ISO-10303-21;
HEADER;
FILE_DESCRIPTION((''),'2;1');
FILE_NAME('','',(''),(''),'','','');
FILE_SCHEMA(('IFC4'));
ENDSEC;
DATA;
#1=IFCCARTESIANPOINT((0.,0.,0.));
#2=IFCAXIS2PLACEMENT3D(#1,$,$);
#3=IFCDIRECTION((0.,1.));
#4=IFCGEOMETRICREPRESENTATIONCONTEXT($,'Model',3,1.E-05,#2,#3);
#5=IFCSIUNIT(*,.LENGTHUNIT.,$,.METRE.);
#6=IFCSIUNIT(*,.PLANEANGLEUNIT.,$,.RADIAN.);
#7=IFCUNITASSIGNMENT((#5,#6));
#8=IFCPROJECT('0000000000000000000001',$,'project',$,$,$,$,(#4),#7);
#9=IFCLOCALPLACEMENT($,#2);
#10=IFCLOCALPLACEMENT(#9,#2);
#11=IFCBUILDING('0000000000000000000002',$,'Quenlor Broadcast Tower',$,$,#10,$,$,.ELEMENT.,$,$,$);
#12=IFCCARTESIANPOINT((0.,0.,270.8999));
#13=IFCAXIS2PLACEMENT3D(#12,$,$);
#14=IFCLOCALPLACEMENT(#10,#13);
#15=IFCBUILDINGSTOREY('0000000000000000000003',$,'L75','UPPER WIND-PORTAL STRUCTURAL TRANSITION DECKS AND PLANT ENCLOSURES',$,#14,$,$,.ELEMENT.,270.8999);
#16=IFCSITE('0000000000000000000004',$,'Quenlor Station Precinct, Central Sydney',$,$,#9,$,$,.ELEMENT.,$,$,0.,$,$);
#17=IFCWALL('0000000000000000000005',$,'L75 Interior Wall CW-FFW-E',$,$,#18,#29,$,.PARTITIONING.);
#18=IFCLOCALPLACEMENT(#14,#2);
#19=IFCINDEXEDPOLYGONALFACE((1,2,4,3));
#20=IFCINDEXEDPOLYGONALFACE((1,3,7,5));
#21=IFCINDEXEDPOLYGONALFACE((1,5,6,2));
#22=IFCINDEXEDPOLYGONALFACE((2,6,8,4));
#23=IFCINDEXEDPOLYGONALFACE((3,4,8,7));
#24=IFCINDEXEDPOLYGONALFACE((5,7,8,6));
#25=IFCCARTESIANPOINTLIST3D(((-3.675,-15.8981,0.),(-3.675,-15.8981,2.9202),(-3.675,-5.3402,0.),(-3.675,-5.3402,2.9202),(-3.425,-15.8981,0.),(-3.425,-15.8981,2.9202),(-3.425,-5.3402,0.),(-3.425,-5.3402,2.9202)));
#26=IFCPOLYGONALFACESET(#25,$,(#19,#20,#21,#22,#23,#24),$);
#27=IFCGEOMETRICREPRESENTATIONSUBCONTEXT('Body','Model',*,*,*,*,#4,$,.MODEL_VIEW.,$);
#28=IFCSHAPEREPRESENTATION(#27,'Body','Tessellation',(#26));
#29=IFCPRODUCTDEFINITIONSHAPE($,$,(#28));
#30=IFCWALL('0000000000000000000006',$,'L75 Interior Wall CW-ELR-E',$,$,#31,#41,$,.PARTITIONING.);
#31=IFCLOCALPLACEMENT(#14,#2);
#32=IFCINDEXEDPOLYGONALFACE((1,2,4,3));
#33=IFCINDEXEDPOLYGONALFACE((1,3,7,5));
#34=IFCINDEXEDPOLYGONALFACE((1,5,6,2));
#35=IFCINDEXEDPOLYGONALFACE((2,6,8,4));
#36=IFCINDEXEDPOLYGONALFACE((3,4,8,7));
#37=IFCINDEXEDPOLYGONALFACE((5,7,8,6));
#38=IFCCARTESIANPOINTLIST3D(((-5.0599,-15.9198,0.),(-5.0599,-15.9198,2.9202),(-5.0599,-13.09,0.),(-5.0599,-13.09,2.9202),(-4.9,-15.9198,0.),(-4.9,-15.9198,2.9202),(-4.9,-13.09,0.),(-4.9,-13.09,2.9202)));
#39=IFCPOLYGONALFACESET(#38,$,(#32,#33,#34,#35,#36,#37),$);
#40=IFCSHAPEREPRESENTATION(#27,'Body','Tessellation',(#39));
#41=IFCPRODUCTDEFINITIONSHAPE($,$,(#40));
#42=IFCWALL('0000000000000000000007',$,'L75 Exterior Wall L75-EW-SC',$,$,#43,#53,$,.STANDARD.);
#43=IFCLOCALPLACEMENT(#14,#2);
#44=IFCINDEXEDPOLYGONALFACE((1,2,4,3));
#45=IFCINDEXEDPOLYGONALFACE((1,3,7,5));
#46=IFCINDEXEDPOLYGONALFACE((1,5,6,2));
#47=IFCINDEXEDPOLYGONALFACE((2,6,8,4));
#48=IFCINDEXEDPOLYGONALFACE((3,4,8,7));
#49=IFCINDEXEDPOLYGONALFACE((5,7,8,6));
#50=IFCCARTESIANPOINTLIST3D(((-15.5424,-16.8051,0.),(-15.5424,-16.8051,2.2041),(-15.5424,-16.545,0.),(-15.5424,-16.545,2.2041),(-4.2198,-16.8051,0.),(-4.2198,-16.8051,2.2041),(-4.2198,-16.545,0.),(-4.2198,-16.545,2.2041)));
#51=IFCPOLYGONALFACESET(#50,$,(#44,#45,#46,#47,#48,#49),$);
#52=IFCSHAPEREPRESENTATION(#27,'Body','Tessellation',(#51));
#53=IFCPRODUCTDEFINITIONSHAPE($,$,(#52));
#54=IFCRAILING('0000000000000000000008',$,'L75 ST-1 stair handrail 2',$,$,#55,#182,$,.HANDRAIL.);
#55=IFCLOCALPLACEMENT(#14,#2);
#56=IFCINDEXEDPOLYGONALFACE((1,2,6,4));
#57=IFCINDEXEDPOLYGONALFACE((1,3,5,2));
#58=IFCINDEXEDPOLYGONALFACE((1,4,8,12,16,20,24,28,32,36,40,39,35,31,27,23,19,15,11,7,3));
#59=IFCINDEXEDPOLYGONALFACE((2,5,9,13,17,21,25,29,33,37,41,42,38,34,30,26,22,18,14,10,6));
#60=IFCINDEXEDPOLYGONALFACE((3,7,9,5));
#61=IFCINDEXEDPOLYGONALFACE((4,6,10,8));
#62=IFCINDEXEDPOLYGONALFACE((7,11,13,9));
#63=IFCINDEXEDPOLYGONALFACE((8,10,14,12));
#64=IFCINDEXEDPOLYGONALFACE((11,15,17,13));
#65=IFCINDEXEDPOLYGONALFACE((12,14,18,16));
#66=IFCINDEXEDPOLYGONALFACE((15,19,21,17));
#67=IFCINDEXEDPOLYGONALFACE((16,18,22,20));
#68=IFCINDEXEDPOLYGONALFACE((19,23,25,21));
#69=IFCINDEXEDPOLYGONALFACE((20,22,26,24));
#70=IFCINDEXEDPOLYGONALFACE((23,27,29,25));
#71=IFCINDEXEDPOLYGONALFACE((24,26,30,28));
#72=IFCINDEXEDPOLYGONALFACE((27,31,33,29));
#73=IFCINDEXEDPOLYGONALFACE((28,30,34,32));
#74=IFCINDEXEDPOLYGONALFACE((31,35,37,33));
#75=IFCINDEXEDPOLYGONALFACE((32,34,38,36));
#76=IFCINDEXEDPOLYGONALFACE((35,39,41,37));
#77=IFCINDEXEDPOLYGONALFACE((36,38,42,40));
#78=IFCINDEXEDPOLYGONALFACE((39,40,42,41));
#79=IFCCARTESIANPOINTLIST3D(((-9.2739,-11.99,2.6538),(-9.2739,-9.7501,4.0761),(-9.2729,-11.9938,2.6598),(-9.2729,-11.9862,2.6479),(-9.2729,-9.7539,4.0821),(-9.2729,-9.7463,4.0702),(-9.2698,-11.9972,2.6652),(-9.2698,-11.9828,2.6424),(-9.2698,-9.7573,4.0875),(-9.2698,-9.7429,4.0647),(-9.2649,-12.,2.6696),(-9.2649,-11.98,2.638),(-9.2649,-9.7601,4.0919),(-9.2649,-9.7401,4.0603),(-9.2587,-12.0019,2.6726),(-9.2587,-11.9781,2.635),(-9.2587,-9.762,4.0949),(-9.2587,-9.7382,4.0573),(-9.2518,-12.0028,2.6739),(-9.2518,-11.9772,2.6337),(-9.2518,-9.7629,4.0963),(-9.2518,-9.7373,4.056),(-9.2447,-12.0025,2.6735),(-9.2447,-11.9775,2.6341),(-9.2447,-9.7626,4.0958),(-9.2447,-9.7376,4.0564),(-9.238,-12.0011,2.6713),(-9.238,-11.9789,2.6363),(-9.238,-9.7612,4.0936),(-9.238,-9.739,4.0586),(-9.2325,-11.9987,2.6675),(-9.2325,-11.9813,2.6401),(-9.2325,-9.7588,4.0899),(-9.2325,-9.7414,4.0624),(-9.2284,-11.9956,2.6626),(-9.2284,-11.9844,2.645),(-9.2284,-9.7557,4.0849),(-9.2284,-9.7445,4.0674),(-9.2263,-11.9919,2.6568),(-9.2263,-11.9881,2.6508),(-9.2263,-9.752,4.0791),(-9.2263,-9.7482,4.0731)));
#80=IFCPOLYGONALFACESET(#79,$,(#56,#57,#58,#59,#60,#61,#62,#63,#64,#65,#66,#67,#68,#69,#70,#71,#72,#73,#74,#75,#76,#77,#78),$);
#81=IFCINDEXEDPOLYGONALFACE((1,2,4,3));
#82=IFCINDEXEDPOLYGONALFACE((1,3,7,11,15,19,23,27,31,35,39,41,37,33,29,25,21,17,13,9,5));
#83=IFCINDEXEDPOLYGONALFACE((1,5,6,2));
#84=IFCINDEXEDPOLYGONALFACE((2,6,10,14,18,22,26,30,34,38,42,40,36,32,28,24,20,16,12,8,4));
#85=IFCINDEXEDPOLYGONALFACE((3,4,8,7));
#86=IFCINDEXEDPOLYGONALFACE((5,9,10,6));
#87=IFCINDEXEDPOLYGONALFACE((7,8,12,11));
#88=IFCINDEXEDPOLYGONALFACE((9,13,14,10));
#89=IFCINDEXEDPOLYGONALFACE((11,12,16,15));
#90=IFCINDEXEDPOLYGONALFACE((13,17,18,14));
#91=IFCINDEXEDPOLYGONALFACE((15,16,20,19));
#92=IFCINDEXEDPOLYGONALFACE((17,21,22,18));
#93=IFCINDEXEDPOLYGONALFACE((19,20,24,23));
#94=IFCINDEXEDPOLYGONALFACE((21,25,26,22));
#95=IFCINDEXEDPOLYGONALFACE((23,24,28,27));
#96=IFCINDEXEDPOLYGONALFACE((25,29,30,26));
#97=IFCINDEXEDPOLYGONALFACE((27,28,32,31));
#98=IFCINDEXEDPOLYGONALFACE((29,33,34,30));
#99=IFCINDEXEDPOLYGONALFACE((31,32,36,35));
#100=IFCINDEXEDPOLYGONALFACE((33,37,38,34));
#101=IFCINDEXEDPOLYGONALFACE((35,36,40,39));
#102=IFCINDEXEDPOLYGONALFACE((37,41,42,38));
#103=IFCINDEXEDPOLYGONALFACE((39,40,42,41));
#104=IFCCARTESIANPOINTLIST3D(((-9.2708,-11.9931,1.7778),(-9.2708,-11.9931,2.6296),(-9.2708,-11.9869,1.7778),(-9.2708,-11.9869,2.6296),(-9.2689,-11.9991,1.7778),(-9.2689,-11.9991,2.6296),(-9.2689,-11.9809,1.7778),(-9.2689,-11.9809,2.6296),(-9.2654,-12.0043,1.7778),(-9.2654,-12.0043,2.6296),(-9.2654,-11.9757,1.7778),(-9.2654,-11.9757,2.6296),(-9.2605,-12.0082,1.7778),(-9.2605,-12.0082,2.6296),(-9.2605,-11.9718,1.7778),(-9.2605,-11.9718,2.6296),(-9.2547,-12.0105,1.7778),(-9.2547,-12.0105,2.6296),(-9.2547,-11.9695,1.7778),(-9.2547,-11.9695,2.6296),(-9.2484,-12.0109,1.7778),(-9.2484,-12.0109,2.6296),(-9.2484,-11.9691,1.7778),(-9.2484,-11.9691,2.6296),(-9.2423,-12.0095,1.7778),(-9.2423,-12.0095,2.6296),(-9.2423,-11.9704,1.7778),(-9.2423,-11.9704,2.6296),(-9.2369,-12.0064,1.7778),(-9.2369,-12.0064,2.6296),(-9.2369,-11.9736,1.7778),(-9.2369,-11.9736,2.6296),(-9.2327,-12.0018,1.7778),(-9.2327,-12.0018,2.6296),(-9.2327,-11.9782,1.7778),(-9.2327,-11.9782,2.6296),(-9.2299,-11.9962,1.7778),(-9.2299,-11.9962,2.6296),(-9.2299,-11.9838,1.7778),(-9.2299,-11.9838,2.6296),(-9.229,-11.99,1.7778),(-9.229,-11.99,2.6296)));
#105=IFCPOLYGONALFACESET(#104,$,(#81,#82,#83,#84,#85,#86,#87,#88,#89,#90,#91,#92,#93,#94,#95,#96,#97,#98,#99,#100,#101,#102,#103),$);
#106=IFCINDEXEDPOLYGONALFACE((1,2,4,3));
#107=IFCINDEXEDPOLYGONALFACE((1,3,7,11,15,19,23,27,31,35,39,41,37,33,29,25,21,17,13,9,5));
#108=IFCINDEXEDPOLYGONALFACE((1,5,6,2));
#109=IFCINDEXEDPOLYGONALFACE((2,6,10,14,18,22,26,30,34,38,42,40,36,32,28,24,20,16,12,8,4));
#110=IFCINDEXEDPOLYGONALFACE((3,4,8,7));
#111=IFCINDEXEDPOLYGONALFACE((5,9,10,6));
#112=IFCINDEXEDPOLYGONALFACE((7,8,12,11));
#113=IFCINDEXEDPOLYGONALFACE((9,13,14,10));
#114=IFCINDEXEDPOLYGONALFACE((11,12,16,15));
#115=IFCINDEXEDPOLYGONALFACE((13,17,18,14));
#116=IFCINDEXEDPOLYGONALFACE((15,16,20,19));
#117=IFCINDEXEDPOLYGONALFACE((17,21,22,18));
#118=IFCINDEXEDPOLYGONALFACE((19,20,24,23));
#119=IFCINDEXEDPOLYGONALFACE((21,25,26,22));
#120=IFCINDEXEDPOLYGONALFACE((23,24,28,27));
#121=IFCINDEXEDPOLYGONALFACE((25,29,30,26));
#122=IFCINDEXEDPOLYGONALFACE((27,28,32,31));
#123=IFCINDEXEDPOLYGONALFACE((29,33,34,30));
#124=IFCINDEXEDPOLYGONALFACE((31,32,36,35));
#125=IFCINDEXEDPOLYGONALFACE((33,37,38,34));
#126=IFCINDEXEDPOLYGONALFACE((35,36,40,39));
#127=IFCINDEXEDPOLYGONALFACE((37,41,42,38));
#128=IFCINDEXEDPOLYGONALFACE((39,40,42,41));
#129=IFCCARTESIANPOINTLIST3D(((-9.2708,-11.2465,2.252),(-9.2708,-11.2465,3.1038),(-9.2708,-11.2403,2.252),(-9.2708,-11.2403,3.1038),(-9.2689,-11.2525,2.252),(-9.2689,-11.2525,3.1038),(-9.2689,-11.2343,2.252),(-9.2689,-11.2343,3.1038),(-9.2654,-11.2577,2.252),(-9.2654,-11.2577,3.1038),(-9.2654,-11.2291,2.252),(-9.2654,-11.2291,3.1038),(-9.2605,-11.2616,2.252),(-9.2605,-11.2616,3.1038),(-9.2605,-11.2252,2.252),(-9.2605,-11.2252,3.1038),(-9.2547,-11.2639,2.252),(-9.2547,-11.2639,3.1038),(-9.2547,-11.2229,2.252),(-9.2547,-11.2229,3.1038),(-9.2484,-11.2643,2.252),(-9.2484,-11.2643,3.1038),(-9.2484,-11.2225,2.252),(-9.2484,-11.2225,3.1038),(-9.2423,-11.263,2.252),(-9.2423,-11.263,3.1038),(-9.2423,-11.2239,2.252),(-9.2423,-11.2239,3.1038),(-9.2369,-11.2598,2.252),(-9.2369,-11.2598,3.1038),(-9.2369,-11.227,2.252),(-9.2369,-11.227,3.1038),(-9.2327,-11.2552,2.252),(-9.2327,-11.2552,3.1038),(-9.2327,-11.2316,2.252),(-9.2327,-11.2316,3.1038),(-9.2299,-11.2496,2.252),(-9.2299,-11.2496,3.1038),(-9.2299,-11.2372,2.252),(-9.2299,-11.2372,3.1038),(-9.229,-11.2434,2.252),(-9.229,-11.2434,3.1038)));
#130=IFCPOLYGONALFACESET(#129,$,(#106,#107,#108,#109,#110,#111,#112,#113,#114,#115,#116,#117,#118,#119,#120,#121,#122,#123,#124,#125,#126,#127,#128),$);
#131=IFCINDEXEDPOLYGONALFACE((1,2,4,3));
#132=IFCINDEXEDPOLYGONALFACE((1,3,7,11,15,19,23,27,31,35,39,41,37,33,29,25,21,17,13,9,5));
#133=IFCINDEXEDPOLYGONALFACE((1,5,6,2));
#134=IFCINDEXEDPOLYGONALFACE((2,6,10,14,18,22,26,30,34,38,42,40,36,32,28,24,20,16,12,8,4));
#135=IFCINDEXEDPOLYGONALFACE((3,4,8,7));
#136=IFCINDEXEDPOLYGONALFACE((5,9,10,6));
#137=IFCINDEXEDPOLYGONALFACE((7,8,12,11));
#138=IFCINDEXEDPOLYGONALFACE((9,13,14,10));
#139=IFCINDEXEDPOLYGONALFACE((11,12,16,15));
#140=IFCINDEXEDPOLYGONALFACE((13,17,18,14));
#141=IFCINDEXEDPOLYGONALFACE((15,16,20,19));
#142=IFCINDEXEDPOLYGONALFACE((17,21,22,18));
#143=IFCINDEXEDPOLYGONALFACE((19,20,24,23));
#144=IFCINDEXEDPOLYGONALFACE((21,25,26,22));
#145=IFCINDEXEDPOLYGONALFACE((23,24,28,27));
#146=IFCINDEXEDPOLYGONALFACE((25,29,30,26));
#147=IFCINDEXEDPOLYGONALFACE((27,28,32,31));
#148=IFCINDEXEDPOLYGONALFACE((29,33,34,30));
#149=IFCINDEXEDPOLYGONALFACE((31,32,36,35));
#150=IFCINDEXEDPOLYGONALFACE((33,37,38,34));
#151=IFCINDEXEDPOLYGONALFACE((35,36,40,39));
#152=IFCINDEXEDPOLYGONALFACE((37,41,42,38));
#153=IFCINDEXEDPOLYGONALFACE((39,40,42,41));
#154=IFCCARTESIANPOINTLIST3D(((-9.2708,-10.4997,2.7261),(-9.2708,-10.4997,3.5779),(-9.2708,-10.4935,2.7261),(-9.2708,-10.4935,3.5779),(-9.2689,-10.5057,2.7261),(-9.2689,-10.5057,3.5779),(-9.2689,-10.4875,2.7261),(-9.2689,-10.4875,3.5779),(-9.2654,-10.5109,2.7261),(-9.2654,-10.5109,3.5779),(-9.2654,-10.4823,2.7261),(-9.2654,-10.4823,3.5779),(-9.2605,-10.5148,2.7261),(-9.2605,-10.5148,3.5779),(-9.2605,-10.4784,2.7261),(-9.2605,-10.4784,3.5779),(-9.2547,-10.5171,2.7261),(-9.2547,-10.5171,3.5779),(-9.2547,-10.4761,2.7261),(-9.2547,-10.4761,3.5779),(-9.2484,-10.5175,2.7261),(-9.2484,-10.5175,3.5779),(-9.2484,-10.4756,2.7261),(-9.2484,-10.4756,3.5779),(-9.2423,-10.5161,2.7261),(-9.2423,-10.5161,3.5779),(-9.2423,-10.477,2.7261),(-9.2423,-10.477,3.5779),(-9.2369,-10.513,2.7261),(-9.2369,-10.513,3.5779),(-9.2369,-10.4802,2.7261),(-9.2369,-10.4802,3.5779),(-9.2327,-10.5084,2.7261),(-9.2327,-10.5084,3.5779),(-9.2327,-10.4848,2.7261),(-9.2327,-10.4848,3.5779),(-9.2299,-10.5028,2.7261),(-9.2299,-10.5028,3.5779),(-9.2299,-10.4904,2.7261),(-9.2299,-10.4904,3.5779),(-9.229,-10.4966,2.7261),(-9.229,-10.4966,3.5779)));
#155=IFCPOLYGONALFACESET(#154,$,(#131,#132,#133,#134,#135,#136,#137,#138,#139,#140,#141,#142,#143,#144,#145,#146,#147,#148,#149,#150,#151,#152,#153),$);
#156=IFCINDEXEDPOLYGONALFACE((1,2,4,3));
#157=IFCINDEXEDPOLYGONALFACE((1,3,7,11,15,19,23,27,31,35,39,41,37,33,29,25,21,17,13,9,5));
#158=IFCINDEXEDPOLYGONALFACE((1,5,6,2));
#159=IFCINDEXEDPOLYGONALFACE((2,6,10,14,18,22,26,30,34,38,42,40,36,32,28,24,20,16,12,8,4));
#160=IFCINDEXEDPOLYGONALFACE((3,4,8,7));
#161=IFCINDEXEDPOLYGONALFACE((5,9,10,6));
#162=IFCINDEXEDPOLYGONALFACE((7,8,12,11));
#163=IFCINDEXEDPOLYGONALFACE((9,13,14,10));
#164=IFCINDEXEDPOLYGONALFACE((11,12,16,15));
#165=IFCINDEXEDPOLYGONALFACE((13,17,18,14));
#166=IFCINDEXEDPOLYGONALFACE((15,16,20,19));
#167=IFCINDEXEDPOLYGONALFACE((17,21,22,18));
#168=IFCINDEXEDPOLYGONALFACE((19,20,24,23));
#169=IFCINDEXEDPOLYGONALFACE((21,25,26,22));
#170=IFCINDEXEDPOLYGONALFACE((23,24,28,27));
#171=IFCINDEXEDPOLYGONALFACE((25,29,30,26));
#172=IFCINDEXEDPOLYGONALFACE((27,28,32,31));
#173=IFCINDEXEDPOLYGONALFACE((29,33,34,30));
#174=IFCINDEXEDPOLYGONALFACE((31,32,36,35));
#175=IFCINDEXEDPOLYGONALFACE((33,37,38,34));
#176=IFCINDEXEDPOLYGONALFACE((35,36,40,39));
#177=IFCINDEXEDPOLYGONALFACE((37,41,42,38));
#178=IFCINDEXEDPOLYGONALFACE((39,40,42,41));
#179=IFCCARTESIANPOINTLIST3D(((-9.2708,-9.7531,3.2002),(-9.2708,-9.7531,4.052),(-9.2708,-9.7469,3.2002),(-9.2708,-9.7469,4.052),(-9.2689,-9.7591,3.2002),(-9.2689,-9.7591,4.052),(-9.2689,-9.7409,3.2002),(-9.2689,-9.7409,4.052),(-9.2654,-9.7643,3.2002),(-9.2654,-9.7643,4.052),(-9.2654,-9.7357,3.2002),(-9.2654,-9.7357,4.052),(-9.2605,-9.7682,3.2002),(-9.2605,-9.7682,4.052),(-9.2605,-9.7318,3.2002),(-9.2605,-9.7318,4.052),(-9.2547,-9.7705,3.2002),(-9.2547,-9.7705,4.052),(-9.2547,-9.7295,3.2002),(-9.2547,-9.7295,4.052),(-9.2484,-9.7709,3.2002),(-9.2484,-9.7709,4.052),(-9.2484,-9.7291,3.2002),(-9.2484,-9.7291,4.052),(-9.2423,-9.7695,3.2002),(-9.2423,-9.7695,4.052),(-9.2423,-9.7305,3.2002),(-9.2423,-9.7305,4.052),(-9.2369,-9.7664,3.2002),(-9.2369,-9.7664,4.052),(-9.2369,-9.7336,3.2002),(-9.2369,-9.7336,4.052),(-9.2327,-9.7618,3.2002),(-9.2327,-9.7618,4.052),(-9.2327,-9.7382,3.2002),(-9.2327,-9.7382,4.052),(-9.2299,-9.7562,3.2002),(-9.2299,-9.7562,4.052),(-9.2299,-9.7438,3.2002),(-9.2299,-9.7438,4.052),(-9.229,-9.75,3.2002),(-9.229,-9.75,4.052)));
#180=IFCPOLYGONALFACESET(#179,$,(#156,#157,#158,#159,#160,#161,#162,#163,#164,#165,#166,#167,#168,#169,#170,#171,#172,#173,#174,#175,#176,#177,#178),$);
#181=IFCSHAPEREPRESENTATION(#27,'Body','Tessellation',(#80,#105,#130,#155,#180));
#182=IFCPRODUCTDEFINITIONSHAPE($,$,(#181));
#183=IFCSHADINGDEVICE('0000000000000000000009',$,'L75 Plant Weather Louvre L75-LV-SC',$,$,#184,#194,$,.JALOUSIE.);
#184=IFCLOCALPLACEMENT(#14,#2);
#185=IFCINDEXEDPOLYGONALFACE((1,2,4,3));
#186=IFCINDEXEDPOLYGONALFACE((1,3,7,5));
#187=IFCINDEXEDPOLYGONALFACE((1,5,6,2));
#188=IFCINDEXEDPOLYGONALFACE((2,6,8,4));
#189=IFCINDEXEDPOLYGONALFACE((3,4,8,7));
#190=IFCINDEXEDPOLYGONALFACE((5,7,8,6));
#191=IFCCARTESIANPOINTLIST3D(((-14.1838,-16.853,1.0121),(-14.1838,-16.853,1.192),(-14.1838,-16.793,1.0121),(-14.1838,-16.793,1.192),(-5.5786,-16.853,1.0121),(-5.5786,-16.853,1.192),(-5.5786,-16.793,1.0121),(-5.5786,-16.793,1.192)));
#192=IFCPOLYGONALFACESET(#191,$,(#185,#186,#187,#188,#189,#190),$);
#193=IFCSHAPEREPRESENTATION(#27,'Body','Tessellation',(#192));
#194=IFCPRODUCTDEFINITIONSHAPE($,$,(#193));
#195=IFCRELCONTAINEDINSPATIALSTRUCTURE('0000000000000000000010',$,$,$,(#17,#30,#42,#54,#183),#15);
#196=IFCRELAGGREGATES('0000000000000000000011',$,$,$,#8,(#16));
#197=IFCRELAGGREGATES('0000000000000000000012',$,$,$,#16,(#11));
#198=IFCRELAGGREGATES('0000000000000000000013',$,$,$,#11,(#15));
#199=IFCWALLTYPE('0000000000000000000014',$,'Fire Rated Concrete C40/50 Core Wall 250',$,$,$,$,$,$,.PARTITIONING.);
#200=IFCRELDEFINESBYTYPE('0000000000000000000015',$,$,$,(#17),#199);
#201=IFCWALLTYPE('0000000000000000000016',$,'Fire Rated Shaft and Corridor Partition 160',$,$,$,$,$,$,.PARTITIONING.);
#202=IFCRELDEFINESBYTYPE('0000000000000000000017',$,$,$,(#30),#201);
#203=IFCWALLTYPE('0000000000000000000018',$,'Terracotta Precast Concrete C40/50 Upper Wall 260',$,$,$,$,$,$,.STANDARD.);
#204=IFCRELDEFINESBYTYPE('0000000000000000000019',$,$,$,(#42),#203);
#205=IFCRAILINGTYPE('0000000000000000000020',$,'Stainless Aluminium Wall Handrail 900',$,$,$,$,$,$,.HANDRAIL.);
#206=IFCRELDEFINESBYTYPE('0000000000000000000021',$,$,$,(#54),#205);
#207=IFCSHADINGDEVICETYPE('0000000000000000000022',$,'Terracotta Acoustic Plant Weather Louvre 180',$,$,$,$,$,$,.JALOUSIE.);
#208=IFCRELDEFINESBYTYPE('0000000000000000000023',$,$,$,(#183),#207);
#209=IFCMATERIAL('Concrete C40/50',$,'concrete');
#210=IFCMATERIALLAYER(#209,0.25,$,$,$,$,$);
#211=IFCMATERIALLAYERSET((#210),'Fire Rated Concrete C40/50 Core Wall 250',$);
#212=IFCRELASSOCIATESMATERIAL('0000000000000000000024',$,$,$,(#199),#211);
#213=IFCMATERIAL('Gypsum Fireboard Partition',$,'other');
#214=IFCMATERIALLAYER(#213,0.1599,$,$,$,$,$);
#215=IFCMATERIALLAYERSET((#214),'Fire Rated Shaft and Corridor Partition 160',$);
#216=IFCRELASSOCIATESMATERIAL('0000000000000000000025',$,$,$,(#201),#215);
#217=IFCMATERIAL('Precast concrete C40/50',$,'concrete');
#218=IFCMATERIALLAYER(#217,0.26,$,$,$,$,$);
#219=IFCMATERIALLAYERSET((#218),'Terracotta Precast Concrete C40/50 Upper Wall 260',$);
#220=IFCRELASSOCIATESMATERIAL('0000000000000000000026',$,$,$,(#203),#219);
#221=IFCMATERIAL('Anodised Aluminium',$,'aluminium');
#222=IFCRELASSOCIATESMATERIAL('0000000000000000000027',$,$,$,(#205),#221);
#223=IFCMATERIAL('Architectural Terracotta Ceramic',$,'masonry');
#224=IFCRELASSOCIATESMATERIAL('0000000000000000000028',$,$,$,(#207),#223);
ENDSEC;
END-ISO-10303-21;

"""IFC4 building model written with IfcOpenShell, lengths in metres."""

from ifc_helpers import new_model, si_unit, direction, frame, frame_2d, origin, origin_2d, place, context, subcontext, project, spatial, rectangle, circle, extrude, material, layer, layer_set, material_profile, profile_set, type_object, element, save


model = new_model("IFC4")

# Units and contexts
model_context = context("Model", 3, precision=1e-05, world=origin(), true_north=direction((0.0, 1.0)))
body_context = subcontext(model_context, "Body", "Model", "MODEL_VIEW")
ifc_project = project(units=[si_unit("LENGTHUNIT", "METRE"), si_unit("PLANEANGLEUNIT", "RADIAN")], contexts=[model_context])

# Site, building, storey
site_placement = place(None, origin())
site = spatial("IfcSite", under=ifc_project, at=site_placement, Name="Quenlor Station Precinct, Central Sydney", CompositionType="ELEMENT", RefElevation=0.0)
building_placement = place(site_placement, origin())
building = spatial("IfcBuilding", under=site, at=building_placement, Name="Quenlor Broadcast Tower", CompositionType="ELEMENT")
storey_placement = place(building_placement, frame((0.0, 0.0, 270.8999)))
storey = spatial("IfcBuildingStorey", under=building, at=storey_placement, Name="L75", Description="UPPER WIND-PORTAL STRUCTURAL TRANSITION DECKS AND PLANT ENCLOSURES", CompositionType="ELEMENT", Elevation=270.8999)

# Shared definitions
ifc_material_1 = material(Name="Concrete C40/50", Category="concrete")
ifc_layer_1 = layer(ifc_material_1, 0.25)
ifc_layer_set_1 = layer_set([ifc_layer_1], Name="Fire Rated Concrete C40/50 Core Wall 250")
wall_type_1 = type_object("IfcWallType", Name="Fire Rated Concrete C40/50 Core Wall 250", PredefinedType="PARTITIONING", material=ifc_layer_set_1)

# Walls
wall_1_placement = place(storey_placement, frame((-3.55, -15.8979, 0.0), z_axis=(0.0, 0.0, 1.0), x_axis=(0.0, 1.0, 0.0)))
element("IfcWall", 1, at=wall_1_placement, inside=storey, type_object=wall_type_1, Name="L75 Interior Wall CW-FFW-E", PredefinedType="PARTITIONING", context=body_context, shape_type="SweptSolid", body=[
    extrude(rectangle(XDim=10.5579, YDim=0.25, at=frame_2d((5.2788, 0.0))), origin(), (0.0, 0.0, 1.0), 2.9202),
])
ifc_material_2 = material(Name="Gypsum Fireboard Partition", Category="other")
ifc_layer_2 = layer(ifc_material_2, 0.1599)
ifc_layer_set_2 = layer_set([ifc_layer_2], Name="Fire Rated Shaft and Corridor Partition 160")
wall_type_2 = type_object("IfcWallType", Name="Fire Rated Shaft and Corridor Partition 160", PredefinedType="PARTITIONING", material=ifc_layer_set_2)
wall_2_placement = place(storey_placement, frame((-4.98, -15.9199, 0.0), z_axis=(0.0, 0.0, 1.0), x_axis=(0.0, 1.0, 0.0)))
element("IfcWall", 2, at=wall_2_placement, inside=storey, type_object=wall_type_2, Name="L75 Interior Wall CW-ELR-E", PredefinedType="PARTITIONING", context=body_context, shape_type="SweptSolid", body=[
    extrude(rectangle(XDim=2.8298, YDim=0.1599, at=frame_2d((1.415, 0.0))), origin(), (0.0, 0.0, 1.0), 2.9202),
])
ifc_material_3 = material(Name="Precast concrete C40/50", Category="concrete")
ifc_layer_3 = layer(ifc_material_3, 0.26)
ifc_layer_set_3 = layer_set([ifc_layer_3], Name="Terracotta Precast Concrete C40/50 Upper Wall 260")
wall_type_3 = type_object("IfcWallType", Name="Terracotta Precast Concrete C40/50 Upper Wall 260", PredefinedType="STANDARD", material=ifc_layer_set_3)
wall_3_placement = place(storey_placement, frame((-4.22, -16.675, 0.0), z_axis=(0.0, 0.0, 1.0), x_axis=(-1.0, 0.0, 0.0)))
element("IfcWall", 3, at=wall_3_placement, inside=storey, type_object=wall_type_3, Name="L75 Exterior Wall L75-EW-SC", PredefinedType="STANDARD", context=body_context, shape_type="SweptSolid", body=[
    extrude(rectangle(XDim=11.3225, YDim=0.26, at=frame_2d((5.6611, 0.0))), origin(), (0.0, 0.0, 1.0), 2.2041),
])

# Railing
ifc_material_4 = material(Name="Anodised Aluminium", Category="aluminium")
railing_type_1 = type_object("IfcRailingType", Name="Stainless Aluminium Wall Handrail 900", PredefinedType="HANDRAIL", material=ifc_material_4)
railing_1_placement = place(storey_placement, frame((-9.25, -11.99, 1.7778)))
element("IfcRailing", 4, at=railing_1_placement, inside=storey, type_object=railing_type_1, Name="L75 ST-1 stair handrail 2", PredefinedType="HANDRAIL", context=body_context, shape_type="SweptSolid", body=[
    extrude(circle(Radius=0.0239, at=origin_2d()), frame((0.0, 0.0, 0.876), z_axis=(0.0, 0.844188, 0.536048), x_axis=(-1.0, 0.0, 0.0)), (0.0, 0.0, 1.0), 2.6533),
    extrude(circle(Radius=0.021, at=origin_2d()), origin(), (0.0, 0.0, 1.0), 0.8518),
    extrude(circle(Radius=0.021, at=origin_2d()), frame((0.0, 0.7466, 0.4741)), (0.0, 0.0, 1.0), 0.8518),
    extrude(circle(Radius=0.021, at=origin_2d()), frame((0.0, 1.4934, 0.9482)), (0.0, 0.0, 1.0), 0.8518),
    extrude(circle(Radius=0.021, at=origin_2d()), frame((0.0, 2.24, 1.4224)), (0.0, 0.0, 1.0), 0.8518),
])

# Shading device
ifc_material_5 = material(Name="Architectural Terracotta Ceramic", Category="masonry")
ifc_material_profile_1 = material_profile(ifc_material_5, rectangle(XDim=0.0601, YDim=0.1799, at=origin_2d()))
ifc_profile_set_1 = profile_set([ifc_material_profile_1], Name="Architectural Terracotta Ceramic LVR60x180")
shading_device_type = type_object("IfcShadingDeviceType", Name="Terracotta Acoustic Plant Weather Louvre 180", PredefinedType="JALOUSIE", material=ifc_profile_set_1)
shading_device_placement = place(storey_placement, frame((-5.5786, -16.823, 1.1021), z_axis=(-1.0, 0.0, 0.0), x_axis=(0.0, -1.0, 0.0)))
element("IfcShadingDevice", 5, at=shading_device_placement, inside=storey, type_object=shading_device_type, Name="L75 Plant Weather Louvre L75-LV-SC", PredefinedType="JALOUSIE", context=body_context, shape_type="SweptSolid", body=[
    extrude(rectangle(XDim=0.0601, YDim=0.1799, at=origin_2d()), origin(), (0.0, 0.0, 1.0), 8.6052),
])

save(model, "model.ifc")
